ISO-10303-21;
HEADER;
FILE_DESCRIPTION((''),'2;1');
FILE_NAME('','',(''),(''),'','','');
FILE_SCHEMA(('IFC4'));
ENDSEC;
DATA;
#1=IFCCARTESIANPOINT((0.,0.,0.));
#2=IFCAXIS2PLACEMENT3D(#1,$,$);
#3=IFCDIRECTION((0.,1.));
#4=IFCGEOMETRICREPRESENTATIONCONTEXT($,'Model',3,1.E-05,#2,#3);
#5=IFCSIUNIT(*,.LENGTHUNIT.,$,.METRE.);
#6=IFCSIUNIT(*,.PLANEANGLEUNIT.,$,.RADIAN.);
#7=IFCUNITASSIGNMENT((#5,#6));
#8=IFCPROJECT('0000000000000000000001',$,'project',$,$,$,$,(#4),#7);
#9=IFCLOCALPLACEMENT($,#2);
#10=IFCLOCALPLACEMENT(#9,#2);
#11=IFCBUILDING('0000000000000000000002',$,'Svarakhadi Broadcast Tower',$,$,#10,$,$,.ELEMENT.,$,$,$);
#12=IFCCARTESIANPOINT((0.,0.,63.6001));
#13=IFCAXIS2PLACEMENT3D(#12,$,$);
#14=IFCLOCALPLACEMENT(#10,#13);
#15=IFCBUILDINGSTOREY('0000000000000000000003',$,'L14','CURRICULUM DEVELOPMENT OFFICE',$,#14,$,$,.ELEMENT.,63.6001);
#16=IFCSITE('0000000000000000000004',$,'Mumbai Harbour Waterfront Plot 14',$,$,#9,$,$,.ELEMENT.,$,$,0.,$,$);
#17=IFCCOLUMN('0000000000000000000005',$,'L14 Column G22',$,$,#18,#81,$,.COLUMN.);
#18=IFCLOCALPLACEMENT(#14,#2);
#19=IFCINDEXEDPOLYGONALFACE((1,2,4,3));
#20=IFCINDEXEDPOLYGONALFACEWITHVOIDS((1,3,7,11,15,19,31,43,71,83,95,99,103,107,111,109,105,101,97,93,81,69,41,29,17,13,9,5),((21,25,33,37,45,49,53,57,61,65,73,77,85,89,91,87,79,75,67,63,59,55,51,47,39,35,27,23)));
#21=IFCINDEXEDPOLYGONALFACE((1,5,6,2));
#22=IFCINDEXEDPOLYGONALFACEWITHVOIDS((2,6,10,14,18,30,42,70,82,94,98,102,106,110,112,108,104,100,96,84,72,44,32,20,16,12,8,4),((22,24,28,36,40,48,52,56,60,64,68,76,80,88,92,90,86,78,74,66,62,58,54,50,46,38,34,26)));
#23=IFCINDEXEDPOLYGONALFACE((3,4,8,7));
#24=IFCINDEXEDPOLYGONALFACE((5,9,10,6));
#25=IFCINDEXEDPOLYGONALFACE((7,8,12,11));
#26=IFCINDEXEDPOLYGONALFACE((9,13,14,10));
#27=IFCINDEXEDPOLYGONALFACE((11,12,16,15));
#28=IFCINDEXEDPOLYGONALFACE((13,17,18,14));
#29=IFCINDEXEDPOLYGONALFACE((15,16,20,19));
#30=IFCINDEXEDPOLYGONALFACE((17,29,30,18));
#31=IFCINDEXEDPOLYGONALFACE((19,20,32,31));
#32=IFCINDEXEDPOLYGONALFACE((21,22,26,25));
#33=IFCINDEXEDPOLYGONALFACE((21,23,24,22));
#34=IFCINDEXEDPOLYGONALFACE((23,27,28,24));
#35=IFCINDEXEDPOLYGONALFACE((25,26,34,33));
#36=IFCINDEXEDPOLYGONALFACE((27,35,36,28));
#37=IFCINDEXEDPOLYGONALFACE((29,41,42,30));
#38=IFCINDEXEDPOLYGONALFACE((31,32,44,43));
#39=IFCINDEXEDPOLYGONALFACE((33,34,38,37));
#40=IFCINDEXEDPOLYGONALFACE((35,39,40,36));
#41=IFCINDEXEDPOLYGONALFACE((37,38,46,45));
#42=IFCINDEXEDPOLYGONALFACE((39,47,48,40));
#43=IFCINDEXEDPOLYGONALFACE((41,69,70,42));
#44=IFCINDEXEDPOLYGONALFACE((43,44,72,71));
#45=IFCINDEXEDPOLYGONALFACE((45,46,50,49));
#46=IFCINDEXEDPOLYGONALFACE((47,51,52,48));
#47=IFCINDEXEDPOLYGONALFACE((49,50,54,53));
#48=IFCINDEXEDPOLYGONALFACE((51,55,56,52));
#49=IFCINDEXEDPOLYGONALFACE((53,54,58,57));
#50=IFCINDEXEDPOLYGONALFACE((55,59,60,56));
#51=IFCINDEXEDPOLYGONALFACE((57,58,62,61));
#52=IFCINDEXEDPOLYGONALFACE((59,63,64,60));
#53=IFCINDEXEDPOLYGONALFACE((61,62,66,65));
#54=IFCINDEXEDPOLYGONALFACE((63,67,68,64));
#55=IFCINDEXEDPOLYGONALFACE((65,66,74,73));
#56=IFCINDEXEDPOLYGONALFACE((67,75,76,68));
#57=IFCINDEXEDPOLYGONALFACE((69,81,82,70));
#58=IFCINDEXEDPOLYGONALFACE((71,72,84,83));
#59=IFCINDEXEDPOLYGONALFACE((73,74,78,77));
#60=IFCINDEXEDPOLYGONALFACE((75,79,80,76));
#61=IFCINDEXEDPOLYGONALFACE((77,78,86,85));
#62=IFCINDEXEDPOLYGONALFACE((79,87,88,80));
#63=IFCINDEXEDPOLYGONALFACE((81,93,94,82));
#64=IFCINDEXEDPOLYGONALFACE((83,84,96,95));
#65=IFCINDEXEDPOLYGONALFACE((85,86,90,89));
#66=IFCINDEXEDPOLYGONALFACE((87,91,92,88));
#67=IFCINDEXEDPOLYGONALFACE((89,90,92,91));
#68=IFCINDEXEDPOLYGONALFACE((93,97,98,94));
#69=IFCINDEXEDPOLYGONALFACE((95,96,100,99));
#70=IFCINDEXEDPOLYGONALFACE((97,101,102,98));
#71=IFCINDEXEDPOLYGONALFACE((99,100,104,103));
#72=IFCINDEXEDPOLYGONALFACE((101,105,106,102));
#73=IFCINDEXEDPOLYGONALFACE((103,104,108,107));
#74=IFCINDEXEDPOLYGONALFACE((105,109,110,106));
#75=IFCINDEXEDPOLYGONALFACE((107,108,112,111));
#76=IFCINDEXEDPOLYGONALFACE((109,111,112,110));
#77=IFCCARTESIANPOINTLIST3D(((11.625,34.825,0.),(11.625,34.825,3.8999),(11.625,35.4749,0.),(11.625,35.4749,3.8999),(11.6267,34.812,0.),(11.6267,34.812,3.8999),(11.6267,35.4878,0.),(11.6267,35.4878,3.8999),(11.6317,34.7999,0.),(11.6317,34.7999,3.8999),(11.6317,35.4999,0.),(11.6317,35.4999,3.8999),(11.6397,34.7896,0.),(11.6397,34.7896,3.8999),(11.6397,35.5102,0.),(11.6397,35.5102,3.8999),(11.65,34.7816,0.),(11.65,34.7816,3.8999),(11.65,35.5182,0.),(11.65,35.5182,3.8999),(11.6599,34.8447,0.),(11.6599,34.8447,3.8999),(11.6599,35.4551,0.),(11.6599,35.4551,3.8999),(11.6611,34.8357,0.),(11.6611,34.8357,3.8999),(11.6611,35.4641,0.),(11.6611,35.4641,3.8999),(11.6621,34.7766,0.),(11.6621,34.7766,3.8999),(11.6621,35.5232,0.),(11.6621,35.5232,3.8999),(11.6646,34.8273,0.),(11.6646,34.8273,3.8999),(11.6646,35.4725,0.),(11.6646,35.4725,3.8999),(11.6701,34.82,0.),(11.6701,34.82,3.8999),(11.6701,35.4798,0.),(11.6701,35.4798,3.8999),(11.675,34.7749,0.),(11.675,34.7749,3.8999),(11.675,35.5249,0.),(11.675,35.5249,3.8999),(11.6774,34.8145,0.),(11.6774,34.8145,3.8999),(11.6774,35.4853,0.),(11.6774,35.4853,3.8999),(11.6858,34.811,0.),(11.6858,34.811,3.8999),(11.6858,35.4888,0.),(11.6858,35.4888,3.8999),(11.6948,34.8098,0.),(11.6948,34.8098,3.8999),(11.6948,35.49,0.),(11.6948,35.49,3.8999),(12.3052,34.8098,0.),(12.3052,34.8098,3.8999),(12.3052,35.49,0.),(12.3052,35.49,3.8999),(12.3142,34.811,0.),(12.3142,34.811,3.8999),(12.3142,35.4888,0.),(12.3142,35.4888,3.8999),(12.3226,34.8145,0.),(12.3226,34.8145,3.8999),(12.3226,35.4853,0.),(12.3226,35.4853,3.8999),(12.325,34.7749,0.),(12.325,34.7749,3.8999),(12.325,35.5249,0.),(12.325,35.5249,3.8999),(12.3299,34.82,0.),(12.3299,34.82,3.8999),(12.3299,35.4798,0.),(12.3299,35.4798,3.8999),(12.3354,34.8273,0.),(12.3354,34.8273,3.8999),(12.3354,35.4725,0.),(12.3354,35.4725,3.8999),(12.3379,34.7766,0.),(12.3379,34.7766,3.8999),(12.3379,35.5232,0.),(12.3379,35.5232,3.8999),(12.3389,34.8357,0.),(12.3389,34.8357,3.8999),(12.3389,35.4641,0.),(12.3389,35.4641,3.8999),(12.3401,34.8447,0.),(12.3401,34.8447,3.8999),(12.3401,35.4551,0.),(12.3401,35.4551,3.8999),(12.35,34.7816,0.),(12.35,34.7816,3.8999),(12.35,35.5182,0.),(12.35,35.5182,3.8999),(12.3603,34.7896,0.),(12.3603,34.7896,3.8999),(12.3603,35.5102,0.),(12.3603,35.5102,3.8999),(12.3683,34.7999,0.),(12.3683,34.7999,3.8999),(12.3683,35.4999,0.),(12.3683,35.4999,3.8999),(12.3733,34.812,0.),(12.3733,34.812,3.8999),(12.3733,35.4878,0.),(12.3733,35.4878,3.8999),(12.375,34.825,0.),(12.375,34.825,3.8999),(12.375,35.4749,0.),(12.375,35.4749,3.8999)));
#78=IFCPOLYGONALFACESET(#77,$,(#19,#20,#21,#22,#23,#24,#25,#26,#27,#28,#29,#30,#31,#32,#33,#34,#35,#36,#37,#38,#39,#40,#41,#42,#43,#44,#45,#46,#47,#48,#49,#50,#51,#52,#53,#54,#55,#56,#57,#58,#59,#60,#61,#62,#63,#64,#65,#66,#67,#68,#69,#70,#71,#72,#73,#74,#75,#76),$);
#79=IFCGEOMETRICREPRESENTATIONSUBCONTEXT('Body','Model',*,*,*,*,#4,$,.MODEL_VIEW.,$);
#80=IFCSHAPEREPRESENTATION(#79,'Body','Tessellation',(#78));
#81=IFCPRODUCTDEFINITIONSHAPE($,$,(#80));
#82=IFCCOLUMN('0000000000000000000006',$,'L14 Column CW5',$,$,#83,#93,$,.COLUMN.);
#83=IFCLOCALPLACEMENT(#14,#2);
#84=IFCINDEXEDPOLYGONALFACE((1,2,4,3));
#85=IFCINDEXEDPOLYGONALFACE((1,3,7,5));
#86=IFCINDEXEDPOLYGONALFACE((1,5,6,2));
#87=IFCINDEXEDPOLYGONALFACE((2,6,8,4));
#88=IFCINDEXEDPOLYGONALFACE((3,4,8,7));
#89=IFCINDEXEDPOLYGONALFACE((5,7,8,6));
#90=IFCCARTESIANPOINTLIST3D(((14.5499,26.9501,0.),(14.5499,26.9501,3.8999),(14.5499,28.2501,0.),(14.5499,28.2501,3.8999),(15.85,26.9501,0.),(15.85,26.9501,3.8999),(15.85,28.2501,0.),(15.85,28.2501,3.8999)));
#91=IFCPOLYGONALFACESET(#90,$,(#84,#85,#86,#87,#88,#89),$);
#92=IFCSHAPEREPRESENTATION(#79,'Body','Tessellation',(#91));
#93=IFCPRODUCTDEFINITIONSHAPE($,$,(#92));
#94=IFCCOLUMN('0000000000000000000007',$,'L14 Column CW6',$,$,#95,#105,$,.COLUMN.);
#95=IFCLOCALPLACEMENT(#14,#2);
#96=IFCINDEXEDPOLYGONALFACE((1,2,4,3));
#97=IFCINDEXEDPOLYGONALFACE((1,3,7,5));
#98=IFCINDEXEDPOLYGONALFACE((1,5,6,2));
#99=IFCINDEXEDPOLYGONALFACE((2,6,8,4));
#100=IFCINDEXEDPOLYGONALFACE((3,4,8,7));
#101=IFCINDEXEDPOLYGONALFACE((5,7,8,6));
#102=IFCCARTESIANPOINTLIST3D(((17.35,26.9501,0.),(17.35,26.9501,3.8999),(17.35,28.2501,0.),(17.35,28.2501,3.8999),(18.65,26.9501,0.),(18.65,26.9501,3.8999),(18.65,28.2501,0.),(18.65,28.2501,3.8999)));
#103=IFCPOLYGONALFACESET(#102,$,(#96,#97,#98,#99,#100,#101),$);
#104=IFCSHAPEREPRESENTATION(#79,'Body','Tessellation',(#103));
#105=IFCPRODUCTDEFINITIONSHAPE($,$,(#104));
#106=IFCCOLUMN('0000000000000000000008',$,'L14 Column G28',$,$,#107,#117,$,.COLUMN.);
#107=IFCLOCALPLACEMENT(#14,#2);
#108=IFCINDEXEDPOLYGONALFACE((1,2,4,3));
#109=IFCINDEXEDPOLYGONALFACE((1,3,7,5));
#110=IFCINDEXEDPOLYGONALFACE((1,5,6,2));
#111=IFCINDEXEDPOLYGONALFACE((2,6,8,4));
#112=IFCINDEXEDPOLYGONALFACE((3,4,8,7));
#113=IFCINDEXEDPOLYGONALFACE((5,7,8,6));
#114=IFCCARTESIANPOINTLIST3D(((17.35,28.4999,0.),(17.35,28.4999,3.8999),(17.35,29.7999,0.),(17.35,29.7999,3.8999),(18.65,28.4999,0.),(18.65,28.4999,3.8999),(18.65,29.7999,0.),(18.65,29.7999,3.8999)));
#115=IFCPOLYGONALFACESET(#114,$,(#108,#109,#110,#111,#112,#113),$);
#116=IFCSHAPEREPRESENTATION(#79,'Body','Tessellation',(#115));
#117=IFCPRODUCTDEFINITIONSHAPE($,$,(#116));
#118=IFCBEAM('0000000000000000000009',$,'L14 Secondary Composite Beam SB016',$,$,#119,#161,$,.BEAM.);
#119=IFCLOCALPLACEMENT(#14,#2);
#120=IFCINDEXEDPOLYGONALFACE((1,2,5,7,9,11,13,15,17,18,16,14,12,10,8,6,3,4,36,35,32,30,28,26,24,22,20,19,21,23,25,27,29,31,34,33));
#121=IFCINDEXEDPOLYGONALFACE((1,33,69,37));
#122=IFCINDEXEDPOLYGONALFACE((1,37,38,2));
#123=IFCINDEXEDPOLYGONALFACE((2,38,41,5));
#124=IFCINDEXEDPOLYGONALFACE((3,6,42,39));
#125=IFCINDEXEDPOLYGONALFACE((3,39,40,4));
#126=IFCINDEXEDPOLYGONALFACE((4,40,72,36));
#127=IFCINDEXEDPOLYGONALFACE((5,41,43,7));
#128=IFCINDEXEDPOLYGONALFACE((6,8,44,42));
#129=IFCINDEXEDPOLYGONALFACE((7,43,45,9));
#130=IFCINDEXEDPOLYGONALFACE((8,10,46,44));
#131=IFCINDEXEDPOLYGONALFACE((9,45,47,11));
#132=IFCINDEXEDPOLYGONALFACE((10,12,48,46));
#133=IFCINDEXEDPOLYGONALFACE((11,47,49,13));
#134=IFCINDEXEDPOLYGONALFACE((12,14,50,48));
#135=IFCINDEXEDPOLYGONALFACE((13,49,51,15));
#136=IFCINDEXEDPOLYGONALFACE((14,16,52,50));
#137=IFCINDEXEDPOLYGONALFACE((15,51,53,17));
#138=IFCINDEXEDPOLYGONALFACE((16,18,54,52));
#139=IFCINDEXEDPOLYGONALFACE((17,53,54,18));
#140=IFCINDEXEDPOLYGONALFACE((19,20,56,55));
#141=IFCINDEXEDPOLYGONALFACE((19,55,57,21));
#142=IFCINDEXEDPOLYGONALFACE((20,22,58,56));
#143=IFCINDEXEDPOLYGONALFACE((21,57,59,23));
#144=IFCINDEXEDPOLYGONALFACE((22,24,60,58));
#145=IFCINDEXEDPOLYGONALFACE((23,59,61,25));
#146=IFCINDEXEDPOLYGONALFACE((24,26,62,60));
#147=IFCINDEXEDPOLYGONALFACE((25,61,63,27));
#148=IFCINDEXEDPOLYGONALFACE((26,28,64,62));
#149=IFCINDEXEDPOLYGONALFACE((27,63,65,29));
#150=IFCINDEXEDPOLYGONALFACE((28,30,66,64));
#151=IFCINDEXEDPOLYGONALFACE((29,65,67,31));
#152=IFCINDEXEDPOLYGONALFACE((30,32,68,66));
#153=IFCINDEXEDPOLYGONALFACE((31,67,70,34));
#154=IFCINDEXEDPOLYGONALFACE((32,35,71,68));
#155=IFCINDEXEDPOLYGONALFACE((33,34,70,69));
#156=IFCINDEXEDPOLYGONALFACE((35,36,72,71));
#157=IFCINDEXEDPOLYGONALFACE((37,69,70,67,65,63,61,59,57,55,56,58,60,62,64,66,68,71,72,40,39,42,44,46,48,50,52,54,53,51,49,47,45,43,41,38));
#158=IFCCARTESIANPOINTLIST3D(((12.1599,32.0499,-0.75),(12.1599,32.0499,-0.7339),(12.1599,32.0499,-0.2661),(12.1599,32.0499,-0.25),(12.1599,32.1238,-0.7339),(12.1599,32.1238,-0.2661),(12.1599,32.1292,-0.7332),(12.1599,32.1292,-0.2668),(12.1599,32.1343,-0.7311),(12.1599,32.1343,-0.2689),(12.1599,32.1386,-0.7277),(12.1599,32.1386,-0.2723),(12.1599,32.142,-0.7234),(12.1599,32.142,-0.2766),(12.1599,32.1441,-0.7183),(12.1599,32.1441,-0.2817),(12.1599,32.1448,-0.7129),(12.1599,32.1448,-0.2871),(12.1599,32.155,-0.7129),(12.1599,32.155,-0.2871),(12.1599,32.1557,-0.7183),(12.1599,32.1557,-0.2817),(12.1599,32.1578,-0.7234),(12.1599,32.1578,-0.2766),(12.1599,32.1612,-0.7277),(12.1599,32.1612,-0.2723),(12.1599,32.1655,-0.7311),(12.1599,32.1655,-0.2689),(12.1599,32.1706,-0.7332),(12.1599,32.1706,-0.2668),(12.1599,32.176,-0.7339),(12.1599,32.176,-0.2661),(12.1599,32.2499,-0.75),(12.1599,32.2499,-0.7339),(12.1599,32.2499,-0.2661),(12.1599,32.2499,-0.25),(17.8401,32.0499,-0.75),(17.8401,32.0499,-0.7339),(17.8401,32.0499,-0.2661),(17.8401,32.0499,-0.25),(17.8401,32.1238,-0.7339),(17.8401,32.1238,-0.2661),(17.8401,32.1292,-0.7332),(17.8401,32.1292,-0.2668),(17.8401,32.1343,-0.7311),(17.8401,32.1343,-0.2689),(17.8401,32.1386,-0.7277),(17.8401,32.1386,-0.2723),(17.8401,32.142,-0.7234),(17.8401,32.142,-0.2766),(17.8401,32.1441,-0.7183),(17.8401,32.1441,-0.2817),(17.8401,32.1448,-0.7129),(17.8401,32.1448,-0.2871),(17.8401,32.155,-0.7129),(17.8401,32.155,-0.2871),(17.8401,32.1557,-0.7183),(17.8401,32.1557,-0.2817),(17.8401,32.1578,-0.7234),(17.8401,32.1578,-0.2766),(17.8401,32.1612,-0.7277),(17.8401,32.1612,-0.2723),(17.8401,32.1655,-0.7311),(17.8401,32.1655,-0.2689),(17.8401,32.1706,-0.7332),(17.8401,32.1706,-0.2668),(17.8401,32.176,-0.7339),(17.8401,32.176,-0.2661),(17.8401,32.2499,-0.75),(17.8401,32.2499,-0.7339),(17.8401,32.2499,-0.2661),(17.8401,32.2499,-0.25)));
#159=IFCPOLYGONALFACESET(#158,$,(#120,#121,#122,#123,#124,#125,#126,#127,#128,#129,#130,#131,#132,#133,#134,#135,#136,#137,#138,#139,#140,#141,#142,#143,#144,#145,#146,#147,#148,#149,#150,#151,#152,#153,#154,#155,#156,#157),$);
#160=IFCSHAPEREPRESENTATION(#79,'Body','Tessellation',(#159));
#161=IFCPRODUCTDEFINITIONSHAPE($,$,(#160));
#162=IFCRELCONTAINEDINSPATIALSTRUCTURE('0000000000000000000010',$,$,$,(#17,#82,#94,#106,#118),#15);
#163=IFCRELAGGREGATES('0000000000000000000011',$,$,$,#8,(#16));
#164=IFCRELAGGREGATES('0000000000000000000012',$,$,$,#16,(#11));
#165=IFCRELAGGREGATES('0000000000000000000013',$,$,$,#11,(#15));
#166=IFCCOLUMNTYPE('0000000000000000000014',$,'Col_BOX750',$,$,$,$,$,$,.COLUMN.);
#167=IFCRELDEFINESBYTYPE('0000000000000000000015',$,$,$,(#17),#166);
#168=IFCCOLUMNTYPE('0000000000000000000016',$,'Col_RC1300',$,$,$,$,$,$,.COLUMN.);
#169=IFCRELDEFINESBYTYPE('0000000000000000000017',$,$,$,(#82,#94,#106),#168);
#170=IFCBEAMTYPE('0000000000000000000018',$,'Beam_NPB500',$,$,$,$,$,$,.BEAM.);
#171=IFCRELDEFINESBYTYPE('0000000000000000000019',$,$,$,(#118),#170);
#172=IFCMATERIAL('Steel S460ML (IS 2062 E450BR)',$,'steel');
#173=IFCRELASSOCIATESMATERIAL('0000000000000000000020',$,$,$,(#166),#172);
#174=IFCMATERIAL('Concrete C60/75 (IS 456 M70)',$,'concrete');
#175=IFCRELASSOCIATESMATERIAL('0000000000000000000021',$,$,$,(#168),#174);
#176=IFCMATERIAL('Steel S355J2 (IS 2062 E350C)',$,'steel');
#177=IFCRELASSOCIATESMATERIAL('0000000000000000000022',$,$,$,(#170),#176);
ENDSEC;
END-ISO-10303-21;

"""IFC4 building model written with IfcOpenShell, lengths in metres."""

from ifc_helpers import new_model, si_unit, direction, frame, origin, origin_2d, place, context, subcontext, project, spatial, rectangle, hollow_rectangle, i_section, extrude, material, material_profile, profile_set, type_object, element, save


model = new_model("IFC4")

# Units and contexts
model_context = context("Model", 3, precision=1e-05, world=origin(), true_north=direction((0.0, 1.0)))
body_context = subcontext(model_context, "Body", "Model", "MODEL_VIEW")
ifc_project = project(units=[si_unit("LENGTHUNIT", "METRE"), si_unit("PLANEANGLEUNIT", "RADIAN")], contexts=[model_context])

# Site, building, storey
site_placement = place(None, origin())
site = spatial("IfcSite", under=ifc_project, at=site_placement, Name="Mumbai Harbour Waterfront Plot 14", CompositionType="ELEMENT", RefElevation=0.0)
building_placement = place(site_placement, origin())
building = spatial("IfcBuilding", under=site, at=building_placement, Name="Svarakhadi Broadcast Tower", CompositionType="ELEMENT")
storey_placement = place(building_placement, frame((0.0, 0.0, 63.6001)))
storey = spatial("IfcBuildingStorey", under=building, at=storey_placement, Name="L14", Description="CURRICULUM DEVELOPMENT OFFICE", CompositionType="ELEMENT", Elevation=63.6001)

# Columns
ifc_material_1 = material(Name="Steel S460ML (IS 2062 E450BR)", Category="steel")
ifc_material_profile_1 = material_profile(ifc_material_1, hollow_rectangle(XDim=0.75, YDim=0.75, WallThickness=0.0349, InnerFilletRadius=0.0349, OuterFilletRadius=0.05, at=origin_2d()), Name="BOX 750x750x35")
ifc_profile_set_1 = profile_set([ifc_material_profile_1], Name="Steel S460ML (IS 2062 E450BR)")
column_type_1 = type_object("IfcColumnType", Name="Col_BOX750", PredefinedType="COLUMN", material=ifc_profile_set_1)
column_placement = place(storey_placement, frame((12.0, 35.1499, 0.0), z_axis=(0.0, 0.0, 1.0), x_axis=(1.0, 0.0, 0.0)))
element("IfcColumn", 1, at=column_placement, inside=storey, type_object=column_type_1, Name="L14 Column G22", PredefinedType="COLUMN", context=body_context, shape_type="SweptSolid", body=[
    extrude(hollow_rectangle(XDim=0.75, YDim=0.75, WallThickness=0.0349, InnerFilletRadius=0.0349, OuterFilletRadius=0.05, at=origin_2d()), origin(), (0.0, 0.0, 1.0), 3.8999),
])
ifc_material_2 = material(Name="Concrete C60/75 (IS 456 M70)", Category="concrete")
ifc_material_profile_2 = material_profile(ifc_material_2, rectangle(XDim=1.3, YDim=1.3, at=origin_2d()), Name="RC 1300x1300")
ifc_profile_set_2 = profile_set([ifc_material_profile_2], Name="Concrete C60/75 (IS 456 M70)")
column_type_2 = type_object("IfcColumnType", Name="Col_RC1300", PredefinedType="COLUMN", material=ifc_profile_set_2)
for number, where, z_axis, x_axis, name in (
    (2, (15.2, 27.6001, 0.0), (0.0, 0.0, 1.0), (1.0, 0.0, 0.0), "L14 Column CW5"),
    (3, (18.0, 27.6001, 0.0), (0.0, 0.0, 1.0), (1.0, 0.0, 0.0), "L14 Column CW6"),
    (4, (18.0, 29.1499, 0.0), (0.0, 0.0, 1.0), (1.0, 0.0, 0.0), "L14 Column G28"),
):
    element("IfcColumn", number, at=place(storey_placement, frame(where, z_axis=z_axis, x_axis=x_axis)), inside=storey, type_object=column_type_2, Name=name, PredefinedType="COLUMN", context=body_context, shape_type="SweptSolid", body=[
        extrude(rectangle(XDim=1.3, YDim=1.3, at=origin_2d()), origin(), (0.0, 0.0, 1.0), 3.8999),
    ])

# Beam
ifc_material_3 = material(Name="Steel S355J2 (IS 2062 E350C)", Category="steel")
ifc_material_profile_3 = material_profile(ifc_material_3, i_section(OverallWidth=0.2, OverallDepth=0.5, WebThickness=0.0103, FlangeThickness=0.0161, FilletRadius=0.021, at=origin_2d()), Name="NPB 500x200x91")
ifc_profile_set_3 = profile_set([ifc_material_profile_3], Name="Steel S355J2 (IS 2062 E350C)")
beam_type_1 = type_object("IfcBeamType", Name="Beam_NPB500", PredefinedType="BEAM", material=ifc_profile_set_3)
beam_1_placement = place(storey_placement, frame((12.1599, 32.1499, -0.5), z_axis=(1.0, 0.0, 0.0), x_axis=(0.0, 1.0, 0.0)))
element("IfcBeam", 5, at=beam_1_placement, inside=storey, type_object=beam_type_1, Name="L14 Secondary Composite Beam SB016", PredefinedType="BEAM", context=body_context, shape_type="SweptSolid", body=[
    extrude(i_section(OverallWidth=0.2, OverallDepth=0.5, WebThickness=0.0103, FlangeThickness=0.0161, FilletRadius=0.021, at=origin_2d()), origin(), (0.0, 0.0, 1.0), 5.6802),
])

save(model, "model.ifc")
